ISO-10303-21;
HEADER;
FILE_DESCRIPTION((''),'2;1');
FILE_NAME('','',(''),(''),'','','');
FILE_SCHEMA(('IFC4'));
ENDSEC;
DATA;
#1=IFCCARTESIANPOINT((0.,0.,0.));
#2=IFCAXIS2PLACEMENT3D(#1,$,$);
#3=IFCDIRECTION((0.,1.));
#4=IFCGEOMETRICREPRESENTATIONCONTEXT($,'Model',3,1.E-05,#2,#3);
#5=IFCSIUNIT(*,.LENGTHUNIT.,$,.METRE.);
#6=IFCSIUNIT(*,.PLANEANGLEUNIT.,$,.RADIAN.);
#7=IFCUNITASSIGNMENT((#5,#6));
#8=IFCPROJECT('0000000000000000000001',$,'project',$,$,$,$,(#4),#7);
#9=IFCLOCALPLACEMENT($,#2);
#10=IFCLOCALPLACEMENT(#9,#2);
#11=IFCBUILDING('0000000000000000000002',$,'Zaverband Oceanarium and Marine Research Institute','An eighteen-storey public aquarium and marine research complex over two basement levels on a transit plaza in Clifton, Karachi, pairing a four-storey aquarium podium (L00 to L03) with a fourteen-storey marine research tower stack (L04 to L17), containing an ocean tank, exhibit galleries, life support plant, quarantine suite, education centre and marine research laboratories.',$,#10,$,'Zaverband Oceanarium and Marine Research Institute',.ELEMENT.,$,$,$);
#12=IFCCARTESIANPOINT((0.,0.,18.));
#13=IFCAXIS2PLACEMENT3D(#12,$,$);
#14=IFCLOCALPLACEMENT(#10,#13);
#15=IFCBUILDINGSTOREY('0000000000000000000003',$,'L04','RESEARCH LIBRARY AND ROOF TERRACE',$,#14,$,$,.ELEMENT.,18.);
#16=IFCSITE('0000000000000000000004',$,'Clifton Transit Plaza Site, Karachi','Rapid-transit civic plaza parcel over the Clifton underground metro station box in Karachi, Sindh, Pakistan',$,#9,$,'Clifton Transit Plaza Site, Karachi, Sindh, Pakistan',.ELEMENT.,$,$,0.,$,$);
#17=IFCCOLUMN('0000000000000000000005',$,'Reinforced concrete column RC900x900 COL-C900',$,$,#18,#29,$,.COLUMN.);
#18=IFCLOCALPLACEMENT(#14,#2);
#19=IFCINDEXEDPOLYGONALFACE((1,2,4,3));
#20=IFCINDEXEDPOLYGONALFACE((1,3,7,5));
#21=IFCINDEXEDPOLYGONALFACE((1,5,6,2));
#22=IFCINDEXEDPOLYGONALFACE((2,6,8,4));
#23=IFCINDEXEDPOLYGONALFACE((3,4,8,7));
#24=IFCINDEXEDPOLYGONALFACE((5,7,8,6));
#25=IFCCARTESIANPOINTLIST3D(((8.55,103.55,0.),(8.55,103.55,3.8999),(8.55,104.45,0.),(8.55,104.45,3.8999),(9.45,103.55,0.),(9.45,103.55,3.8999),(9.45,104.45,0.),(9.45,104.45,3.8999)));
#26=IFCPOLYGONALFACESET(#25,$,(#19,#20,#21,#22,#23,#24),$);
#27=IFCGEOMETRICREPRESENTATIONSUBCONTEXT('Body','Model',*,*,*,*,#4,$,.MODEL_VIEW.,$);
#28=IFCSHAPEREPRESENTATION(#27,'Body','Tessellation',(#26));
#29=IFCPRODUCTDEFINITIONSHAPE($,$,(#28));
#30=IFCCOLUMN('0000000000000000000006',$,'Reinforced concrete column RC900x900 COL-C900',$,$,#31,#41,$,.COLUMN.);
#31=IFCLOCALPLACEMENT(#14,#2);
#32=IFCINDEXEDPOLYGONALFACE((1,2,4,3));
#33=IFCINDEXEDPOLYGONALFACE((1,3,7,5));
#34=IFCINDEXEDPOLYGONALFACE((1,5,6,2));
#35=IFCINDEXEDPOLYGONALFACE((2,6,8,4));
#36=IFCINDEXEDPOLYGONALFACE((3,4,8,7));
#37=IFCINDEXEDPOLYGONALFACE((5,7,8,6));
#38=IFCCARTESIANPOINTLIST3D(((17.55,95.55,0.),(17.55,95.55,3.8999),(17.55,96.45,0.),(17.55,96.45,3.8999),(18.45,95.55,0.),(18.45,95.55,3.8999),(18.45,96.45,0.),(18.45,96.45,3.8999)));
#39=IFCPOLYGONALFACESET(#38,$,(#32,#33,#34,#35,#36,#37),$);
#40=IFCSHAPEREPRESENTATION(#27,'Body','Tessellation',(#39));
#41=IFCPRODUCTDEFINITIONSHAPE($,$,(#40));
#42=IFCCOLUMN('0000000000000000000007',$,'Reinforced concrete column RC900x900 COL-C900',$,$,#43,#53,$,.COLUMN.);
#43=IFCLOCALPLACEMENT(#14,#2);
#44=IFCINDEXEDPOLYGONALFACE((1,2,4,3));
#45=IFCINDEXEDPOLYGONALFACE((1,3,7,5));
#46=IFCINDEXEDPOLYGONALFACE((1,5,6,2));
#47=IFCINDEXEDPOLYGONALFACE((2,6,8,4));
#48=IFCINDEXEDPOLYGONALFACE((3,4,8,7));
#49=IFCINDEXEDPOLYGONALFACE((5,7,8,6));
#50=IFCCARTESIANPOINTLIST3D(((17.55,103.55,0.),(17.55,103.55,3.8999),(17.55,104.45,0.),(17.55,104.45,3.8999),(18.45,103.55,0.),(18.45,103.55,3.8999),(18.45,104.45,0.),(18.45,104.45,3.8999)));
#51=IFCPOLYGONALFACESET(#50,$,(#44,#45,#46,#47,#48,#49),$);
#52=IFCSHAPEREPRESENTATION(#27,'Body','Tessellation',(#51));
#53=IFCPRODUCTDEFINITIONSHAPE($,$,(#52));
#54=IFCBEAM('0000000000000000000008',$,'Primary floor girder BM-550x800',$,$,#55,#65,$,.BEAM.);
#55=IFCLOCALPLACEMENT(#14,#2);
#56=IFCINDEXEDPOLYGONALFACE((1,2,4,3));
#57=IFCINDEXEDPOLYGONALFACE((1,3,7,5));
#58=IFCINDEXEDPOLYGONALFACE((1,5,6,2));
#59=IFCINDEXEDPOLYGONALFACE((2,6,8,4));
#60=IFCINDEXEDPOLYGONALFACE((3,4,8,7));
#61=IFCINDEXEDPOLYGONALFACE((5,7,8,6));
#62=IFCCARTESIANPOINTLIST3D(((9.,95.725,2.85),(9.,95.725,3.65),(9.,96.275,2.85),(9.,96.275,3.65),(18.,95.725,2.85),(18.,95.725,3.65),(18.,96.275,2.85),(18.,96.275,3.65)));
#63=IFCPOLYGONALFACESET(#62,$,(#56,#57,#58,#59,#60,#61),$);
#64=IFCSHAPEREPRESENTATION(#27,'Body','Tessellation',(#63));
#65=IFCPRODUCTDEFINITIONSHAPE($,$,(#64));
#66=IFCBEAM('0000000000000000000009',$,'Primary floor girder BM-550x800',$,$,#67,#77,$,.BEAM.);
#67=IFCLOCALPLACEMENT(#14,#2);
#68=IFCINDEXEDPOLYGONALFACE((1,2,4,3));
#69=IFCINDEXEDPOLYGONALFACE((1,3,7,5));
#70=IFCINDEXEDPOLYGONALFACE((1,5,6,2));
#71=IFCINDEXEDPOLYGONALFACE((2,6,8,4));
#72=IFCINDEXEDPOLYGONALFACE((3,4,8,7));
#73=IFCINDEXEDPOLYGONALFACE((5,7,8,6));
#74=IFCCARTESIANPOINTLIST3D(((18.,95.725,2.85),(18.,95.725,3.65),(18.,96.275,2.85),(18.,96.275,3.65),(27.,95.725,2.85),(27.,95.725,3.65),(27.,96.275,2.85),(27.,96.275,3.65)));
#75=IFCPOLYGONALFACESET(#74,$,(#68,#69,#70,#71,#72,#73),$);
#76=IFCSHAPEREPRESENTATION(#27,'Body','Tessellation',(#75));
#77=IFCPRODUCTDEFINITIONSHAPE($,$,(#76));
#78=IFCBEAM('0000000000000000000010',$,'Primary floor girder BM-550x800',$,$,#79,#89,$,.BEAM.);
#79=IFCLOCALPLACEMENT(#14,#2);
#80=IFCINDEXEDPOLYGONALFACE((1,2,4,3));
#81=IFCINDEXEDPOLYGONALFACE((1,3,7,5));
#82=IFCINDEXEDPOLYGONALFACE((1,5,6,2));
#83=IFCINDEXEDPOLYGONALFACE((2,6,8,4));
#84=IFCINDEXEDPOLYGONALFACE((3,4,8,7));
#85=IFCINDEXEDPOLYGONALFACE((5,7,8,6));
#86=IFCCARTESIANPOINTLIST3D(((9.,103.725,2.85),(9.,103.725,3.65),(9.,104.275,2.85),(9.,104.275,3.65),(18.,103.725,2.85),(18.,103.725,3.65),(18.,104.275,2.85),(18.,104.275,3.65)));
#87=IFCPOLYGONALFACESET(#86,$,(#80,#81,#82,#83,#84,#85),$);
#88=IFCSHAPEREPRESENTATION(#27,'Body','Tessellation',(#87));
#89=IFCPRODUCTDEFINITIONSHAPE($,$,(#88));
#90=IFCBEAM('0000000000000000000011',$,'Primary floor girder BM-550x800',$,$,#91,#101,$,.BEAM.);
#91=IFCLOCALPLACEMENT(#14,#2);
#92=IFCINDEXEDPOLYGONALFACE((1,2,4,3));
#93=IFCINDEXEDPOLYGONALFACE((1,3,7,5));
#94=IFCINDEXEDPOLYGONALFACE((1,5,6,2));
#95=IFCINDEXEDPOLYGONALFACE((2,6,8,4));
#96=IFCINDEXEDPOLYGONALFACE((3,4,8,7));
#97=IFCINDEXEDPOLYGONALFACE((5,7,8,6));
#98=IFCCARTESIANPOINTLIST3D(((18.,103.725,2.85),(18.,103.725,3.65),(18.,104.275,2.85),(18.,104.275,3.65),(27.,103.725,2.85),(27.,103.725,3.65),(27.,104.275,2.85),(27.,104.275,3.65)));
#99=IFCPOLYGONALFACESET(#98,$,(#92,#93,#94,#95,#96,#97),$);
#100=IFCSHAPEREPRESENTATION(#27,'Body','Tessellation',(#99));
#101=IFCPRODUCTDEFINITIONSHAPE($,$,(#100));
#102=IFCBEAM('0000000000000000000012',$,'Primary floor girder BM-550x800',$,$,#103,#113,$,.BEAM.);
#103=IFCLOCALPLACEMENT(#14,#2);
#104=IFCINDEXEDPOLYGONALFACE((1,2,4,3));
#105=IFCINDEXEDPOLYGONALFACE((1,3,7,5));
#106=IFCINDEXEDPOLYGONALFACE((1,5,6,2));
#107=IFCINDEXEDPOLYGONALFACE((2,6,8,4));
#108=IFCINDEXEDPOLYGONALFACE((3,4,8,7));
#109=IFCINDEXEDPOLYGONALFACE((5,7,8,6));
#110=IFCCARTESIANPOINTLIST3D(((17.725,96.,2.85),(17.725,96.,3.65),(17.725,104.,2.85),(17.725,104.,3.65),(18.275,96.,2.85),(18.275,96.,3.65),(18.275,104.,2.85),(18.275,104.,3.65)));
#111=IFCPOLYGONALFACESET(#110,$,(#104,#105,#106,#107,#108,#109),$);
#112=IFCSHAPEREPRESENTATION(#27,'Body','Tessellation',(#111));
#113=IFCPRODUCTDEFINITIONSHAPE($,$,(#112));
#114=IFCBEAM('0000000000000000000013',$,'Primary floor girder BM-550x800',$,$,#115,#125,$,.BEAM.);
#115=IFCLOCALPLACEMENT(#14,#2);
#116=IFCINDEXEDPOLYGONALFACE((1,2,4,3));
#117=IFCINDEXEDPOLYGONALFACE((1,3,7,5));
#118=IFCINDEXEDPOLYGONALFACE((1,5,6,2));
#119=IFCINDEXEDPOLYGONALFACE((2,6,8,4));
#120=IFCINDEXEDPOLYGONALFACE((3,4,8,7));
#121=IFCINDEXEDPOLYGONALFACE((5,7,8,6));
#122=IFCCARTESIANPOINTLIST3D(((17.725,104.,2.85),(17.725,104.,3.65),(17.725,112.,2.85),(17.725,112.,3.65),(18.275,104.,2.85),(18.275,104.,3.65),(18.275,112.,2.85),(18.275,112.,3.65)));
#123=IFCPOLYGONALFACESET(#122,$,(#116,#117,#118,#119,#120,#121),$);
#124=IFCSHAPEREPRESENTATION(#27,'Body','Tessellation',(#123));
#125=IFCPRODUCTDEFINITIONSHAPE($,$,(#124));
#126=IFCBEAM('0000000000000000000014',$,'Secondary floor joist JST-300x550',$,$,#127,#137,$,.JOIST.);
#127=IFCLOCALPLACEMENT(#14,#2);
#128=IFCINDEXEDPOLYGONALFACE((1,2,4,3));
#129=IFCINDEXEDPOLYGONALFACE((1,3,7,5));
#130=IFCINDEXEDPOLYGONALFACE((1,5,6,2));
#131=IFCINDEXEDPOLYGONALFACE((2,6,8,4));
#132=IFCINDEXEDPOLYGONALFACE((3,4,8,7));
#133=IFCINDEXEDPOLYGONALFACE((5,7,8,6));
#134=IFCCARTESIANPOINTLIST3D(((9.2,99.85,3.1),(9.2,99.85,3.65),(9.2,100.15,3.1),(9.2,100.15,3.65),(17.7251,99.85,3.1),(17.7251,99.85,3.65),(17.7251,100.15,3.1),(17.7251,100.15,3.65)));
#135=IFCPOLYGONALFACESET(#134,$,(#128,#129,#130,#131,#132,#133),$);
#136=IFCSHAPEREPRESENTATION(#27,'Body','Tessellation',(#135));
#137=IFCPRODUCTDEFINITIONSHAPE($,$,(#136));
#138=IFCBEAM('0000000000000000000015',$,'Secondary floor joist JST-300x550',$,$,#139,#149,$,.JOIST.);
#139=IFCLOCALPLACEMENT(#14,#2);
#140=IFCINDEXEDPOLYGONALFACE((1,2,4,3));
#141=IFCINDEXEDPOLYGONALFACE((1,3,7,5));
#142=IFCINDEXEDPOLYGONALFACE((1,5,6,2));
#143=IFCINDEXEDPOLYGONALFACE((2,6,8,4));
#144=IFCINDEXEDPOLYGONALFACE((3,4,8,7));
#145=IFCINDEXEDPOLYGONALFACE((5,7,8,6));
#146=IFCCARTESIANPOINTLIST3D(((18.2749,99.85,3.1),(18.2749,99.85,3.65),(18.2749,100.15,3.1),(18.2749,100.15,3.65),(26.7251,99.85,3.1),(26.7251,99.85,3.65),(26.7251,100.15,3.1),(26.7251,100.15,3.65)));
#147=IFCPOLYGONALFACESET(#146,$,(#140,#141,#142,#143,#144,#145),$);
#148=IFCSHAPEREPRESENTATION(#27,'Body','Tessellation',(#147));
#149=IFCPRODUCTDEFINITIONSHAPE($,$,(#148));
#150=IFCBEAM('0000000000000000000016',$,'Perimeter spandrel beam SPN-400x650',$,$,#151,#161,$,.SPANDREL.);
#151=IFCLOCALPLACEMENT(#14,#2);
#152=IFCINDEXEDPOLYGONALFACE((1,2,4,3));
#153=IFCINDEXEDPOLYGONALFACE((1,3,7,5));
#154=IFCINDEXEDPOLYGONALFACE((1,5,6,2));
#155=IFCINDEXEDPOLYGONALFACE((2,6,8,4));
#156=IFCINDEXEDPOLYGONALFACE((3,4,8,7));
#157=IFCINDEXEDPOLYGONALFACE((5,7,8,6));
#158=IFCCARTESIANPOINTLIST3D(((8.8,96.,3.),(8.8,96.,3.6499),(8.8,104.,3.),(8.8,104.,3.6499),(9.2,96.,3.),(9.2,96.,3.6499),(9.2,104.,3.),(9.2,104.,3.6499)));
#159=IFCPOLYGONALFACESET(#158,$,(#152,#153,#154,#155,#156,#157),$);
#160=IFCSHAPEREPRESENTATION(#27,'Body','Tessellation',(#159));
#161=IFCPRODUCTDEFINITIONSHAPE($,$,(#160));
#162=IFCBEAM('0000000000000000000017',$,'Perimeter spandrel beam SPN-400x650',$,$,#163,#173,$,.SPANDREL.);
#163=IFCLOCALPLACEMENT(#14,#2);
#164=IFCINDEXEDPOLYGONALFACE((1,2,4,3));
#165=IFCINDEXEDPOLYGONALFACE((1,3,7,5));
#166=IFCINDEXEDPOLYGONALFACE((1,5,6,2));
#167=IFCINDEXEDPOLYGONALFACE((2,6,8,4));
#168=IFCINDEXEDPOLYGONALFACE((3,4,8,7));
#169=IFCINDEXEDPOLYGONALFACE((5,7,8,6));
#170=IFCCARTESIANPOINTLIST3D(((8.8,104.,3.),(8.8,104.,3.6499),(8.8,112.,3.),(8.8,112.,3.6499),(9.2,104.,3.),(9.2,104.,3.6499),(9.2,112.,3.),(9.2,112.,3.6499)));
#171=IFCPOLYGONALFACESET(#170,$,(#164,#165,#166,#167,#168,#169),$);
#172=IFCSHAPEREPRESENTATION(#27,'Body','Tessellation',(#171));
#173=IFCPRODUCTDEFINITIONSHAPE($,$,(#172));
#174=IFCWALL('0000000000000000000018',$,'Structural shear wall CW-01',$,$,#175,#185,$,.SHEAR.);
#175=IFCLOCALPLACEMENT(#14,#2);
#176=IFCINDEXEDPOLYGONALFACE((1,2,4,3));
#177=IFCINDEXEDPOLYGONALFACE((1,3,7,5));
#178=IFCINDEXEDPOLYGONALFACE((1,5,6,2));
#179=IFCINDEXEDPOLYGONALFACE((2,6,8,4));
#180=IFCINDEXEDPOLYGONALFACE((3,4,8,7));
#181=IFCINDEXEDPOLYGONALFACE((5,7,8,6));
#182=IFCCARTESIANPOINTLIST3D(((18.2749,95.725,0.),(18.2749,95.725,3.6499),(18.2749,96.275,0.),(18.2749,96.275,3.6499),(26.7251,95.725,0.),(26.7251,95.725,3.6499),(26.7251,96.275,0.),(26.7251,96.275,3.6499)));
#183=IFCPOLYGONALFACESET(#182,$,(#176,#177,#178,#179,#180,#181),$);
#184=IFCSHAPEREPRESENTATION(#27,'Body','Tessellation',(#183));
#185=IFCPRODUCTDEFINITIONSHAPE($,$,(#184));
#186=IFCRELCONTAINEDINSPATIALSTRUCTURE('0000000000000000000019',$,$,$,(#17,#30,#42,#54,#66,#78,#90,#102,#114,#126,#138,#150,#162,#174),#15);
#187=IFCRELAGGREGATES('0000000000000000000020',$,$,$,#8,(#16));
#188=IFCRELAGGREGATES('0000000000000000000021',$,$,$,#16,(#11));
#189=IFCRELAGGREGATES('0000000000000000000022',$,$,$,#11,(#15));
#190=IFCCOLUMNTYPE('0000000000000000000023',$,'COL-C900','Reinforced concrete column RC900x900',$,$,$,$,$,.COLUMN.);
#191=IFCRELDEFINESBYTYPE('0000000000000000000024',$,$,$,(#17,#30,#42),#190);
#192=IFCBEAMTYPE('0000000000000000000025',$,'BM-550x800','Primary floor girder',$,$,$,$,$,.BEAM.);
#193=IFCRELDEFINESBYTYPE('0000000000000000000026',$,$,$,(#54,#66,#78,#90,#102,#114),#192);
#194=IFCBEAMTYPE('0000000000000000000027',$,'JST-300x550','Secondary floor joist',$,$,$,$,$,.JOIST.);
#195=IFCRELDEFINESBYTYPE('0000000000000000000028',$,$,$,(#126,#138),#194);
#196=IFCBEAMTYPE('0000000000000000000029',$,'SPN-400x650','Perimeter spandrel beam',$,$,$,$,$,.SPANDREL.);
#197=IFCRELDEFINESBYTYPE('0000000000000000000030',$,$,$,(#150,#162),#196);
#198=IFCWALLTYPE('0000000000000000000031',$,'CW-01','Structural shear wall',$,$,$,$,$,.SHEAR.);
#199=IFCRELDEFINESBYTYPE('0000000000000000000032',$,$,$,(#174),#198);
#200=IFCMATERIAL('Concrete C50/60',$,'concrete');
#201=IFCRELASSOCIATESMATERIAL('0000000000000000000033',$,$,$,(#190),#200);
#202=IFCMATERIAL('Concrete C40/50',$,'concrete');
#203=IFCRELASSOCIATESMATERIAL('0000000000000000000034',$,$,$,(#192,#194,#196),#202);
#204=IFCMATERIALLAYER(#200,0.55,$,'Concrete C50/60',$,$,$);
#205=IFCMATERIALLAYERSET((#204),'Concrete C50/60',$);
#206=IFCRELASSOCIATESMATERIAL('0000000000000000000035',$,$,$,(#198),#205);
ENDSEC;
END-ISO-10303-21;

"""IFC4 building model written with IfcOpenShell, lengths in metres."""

from ifc_helpers import new_model, si_unit, direction, frame, frame_2d, origin, origin_2d, place, context, subcontext, project, spatial, rectangle, extrude, material, layer, layer_set, material_profile, profile_set, type_object, element, save


model = new_model("IFC4")

# Units and contexts
model_context = context("Model", 3, precision=1e-05, world=origin(), true_north=direction((0.0, 1.0)))
body_context = subcontext(model_context, "Body", "Model", "MODEL_VIEW")
ifc_project = project(units=[si_unit("LENGTHUNIT", "METRE"), si_unit("PLANEANGLEUNIT", "RADIAN")], contexts=[model_context])

# Site, building, storey
site_placement = place(None, origin())
site = spatial("IfcSite", under=ifc_project, at=site_placement, Name="Clifton Transit Plaza Site, Karachi", Description="Rapid-transit civic plaza parcel over the Clifton underground metro station box in Karachi, Sindh, Pakistan", LongName="Clifton Transit Plaza Site, Karachi, Sindh, Pakistan", CompositionType="ELEMENT", RefElevation=0.0)
building_placement = place(site_placement, origin())
building = spatial("IfcBuilding", under=site, at=building_placement, Name="Zaverband Oceanarium and Marine Research Institute", Description="An eighteen-storey public aquarium and marine research complex over two basement levels on a transit plaza in Clifton, Karachi, pairing a four-storey aquarium podium (L00 to L03) with a fourteen-storey marine research tower stack (L04 to L17), containing an ocean tank, exhibit galleries, life support plant, quarantine suite, education centre and marine research laboratories.", LongName="Zaverband Oceanarium and Marine Research Institute", CompositionType="ELEMENT")
storey_placement = place(building_placement, frame((0.0, 0.0, 18.0)))
storey = spatial("IfcBuildingStorey", under=building, at=storey_placement, Name="L04", Description="RESEARCH LIBRARY AND ROOF TERRACE", CompositionType="ELEMENT", Elevation=18.0)

# Columns
ifc_material_1 = material(Name="Concrete C50/60", Category="concrete")
ifc_material_profile_1 = material_profile(ifc_material_1, rectangle(XDim=0.8999, YDim=0.8999, at=origin_2d()), Name="RC900x900")
ifc_profile_set_1 = profile_set([ifc_material_profile_1], Name="Concrete C50/60")
column_type = type_object("IfcColumnType", Name="COL-C900", Description="Reinforced concrete column RC900x900", PredefinedType="COLUMN", material=ifc_profile_set_1)
for number, where, z_axis, x_axis, name in (
    (1, (9.0, 104.0, 0.0), (0.0, 0.0, 1.0), (1.0, 0.0, 0.0), "Reinforced concrete column RC900x900 COL-C900"),
    (2, (18.0, 96.0, 0.0), (0.0, 0.0, 1.0), (1.0, 0.0, 0.0), "Reinforced concrete column RC900x900 COL-C900"),
    (3, (18.0, 104.0, 0.0), (0.0, 0.0, 1.0), (1.0, 0.0, 0.0), "Reinforced concrete column RC900x900 COL-C900"),
):
    element("IfcColumn", number, at=place(storey_placement, frame(where, z_axis=z_axis, x_axis=x_axis)), inside=storey, type_object=column_type, Name=name, PredefinedType="COLUMN", context=body_context, shape_type="SweptSolid", body=[
        extrude(rectangle(XDim=0.8999, YDim=0.8999, at=origin_2d()), origin(), (0.0, 0.0, 1.0), 3.8999),
    ])

# Beams
ifc_material_2 = material(Name="Concrete C40/50", Category="concrete")
ifc_material_profile_2 = material_profile(ifc_material_2, rectangle(XDim=0.55, YDim=0.8, at=origin_2d()), Name="RC550x800")
ifc_profile_set_2 = profile_set([ifc_material_profile_2], Name="Concrete C40/50")
beam_type_1 = type_object("IfcBeamType", Name="BM-550x800", Description="Primary floor girder", PredefinedType="BEAM", material=ifc_profile_set_2)
for number, where, z_axis, x_axis, name in (
    (4, (9.0, 96.0, 3.25), (1.0, 0.0, 0.0), (0.0, 1.0, 0.0), "Primary floor girder BM-550x800"),
    (5, (18.0, 96.0, 3.25), (1.0, 0.0, 0.0), (0.0, 1.0, 0.0), "Primary floor girder BM-550x800"),
    (6, (9.0, 104.0, 3.25), (1.0, 0.0, 0.0), (0.0, 1.0, 0.0), "Primary floor girder BM-550x800"),
    (7, (18.0, 104.0, 3.25), (1.0, 0.0, 0.0), (0.0, 1.0, 0.0), "Primary floor girder BM-550x800"),
):
    element("IfcBeam", number, at=place(storey_placement, frame(where, z_axis=z_axis, x_axis=x_axis)), inside=storey, type_object=beam_type_1, Name=name, PredefinedType="BEAM", context=body_context, shape_type="SweptSolid", body=[
        extrude(rectangle(XDim=0.55, YDim=0.8, at=origin_2d()), origin(), (0.0, 0.0, 1.0), 9.0),
    ])
for number, where, z_axis, x_axis, name in (
    (8, (18.0, 96.0, 3.25), (0.0, 1.0, 0.0), (-1.0, 0.0, 0.0), "Primary floor girder BM-550x800"),
    (9, (18.0, 104.0, 3.25), (0.0, 1.0, 0.0), (-1.0, 0.0, 0.0), "Primary floor girder BM-550x800"),
):
    element("IfcBeam", number, at=place(storey_placement, frame(where, z_axis=z_axis, x_axis=x_axis)), inside=storey, type_object=beam_type_1, Name=name, PredefinedType="BEAM", context=body_context, shape_type="SweptSolid", body=[
        extrude(rectangle(XDim=0.55, YDim=0.8, at=origin_2d()), origin(), (0.0, 0.0, 1.0), 8.0),
    ])
ifc_material_profile_3 = material_profile(ifc_material_2, rectangle(XDim=0.3, YDim=0.55, at=origin_2d()), Name="RC300x550")
ifc_profile_set_3 = profile_set([ifc_material_profile_3], Name="Concrete C40/50")
beam_type_2 = type_object("IfcBeamType", Name="JST-300x550", Description="Secondary floor joist", PredefinedType="JOIST", material=ifc_profile_set_3)
beam_1_placement = place(storey_placement, frame((9.2, 100.0, 3.375), z_axis=(1.0, 0.0, 0.0), x_axis=(0.0, 1.0, 0.0)))
element("IfcBeam", 10, at=beam_1_placement, inside=storey, type_object=beam_type_2, Name="Secondary floor joist JST-300x550", PredefinedType="JOIST", context=body_context, shape_type="SweptSolid", body=[
    extrude(rectangle(XDim=0.3, YDim=0.55, at=origin_2d()), origin(), (0.0, 0.0, 1.0), 8.5251),
])
beam_2_placement = place(storey_placement, frame((18.2749, 100.0, 3.375), z_axis=(1.0, 0.0, 0.0), x_axis=(0.0, 1.0, 0.0)))
element("IfcBeam", 11, at=beam_2_placement, inside=storey, type_object=beam_type_2, Name="Secondary floor joist JST-300x550", PredefinedType="JOIST", context=body_context, shape_type="SweptSolid", body=[
    extrude(rectangle(XDim=0.3, YDim=0.55, at=origin_2d()), origin(), (0.0, 0.0, 1.0), 8.4502),
])
ifc_material_profile_4 = material_profile(ifc_material_2, rectangle(XDim=0.3999, YDim=0.6499, at=origin_2d()), Name="RC400x650")
ifc_profile_set_4 = profile_set([ifc_material_profile_4], Name="Concrete C40/50")
beam_type_3 = type_object("IfcBeamType", Name="SPN-400x650", Description="Perimeter spandrel beam", PredefinedType="SPANDREL", material=ifc_profile_set_4)
for number, where, z_axis, x_axis, name in (
    (12, (9.0, 96.0, 3.325), (0.0, 1.0, 0.0), (-1.0, 0.0, 0.0), "Perimeter spandrel beam SPN-400x650"),
    (13, (9.0, 104.0, 3.325), (0.0, 1.0, 0.0), (-1.0, 0.0, 0.0), "Perimeter spandrel beam SPN-400x650"),
):
    element("IfcBeam", number, at=place(storey_placement, frame(where, z_axis=z_axis, x_axis=x_axis)), inside=storey, type_object=beam_type_3, Name=name, PredefinedType="SPANDREL", context=body_context, shape_type="SweptSolid", body=[
        extrude(rectangle(XDim=0.3999, YDim=0.6499, at=origin_2d()), origin(), (0.0, 0.0, 1.0), 8.0),
    ])

# Wall
ifc_layer_1 = layer(ifc_material_1, 0.55, Name="Concrete C50/60")
ifc_layer_set_1 = layer_set([ifc_layer_1], Name="Concrete C50/60")
wall_type_1 = type_object("IfcWallType", Name="CW-01", Description="Structural shear wall", PredefinedType="SHEAR", material=ifc_layer_set_1)
wall_1_placement = place(storey_placement, frame((18.2749, 96.0, 0.0), z_axis=(0.0, 0.0, 1.0), x_axis=(1.0, 0.0, 0.0)))
element("IfcWall", 14, at=wall_1_placement, inside=storey, type_object=wall_type_1, Name="Structural shear wall CW-01", PredefinedType="SHEAR", context=body_context, shape_type="SweptSolid", body=[
    extrude(rectangle(XDim=8.4502, YDim=0.55, at=frame_2d((4.2251, 0.0))), origin(), (0.0, 0.0, 1.0), 3.6499),
])

save(model, "model.ifc")
